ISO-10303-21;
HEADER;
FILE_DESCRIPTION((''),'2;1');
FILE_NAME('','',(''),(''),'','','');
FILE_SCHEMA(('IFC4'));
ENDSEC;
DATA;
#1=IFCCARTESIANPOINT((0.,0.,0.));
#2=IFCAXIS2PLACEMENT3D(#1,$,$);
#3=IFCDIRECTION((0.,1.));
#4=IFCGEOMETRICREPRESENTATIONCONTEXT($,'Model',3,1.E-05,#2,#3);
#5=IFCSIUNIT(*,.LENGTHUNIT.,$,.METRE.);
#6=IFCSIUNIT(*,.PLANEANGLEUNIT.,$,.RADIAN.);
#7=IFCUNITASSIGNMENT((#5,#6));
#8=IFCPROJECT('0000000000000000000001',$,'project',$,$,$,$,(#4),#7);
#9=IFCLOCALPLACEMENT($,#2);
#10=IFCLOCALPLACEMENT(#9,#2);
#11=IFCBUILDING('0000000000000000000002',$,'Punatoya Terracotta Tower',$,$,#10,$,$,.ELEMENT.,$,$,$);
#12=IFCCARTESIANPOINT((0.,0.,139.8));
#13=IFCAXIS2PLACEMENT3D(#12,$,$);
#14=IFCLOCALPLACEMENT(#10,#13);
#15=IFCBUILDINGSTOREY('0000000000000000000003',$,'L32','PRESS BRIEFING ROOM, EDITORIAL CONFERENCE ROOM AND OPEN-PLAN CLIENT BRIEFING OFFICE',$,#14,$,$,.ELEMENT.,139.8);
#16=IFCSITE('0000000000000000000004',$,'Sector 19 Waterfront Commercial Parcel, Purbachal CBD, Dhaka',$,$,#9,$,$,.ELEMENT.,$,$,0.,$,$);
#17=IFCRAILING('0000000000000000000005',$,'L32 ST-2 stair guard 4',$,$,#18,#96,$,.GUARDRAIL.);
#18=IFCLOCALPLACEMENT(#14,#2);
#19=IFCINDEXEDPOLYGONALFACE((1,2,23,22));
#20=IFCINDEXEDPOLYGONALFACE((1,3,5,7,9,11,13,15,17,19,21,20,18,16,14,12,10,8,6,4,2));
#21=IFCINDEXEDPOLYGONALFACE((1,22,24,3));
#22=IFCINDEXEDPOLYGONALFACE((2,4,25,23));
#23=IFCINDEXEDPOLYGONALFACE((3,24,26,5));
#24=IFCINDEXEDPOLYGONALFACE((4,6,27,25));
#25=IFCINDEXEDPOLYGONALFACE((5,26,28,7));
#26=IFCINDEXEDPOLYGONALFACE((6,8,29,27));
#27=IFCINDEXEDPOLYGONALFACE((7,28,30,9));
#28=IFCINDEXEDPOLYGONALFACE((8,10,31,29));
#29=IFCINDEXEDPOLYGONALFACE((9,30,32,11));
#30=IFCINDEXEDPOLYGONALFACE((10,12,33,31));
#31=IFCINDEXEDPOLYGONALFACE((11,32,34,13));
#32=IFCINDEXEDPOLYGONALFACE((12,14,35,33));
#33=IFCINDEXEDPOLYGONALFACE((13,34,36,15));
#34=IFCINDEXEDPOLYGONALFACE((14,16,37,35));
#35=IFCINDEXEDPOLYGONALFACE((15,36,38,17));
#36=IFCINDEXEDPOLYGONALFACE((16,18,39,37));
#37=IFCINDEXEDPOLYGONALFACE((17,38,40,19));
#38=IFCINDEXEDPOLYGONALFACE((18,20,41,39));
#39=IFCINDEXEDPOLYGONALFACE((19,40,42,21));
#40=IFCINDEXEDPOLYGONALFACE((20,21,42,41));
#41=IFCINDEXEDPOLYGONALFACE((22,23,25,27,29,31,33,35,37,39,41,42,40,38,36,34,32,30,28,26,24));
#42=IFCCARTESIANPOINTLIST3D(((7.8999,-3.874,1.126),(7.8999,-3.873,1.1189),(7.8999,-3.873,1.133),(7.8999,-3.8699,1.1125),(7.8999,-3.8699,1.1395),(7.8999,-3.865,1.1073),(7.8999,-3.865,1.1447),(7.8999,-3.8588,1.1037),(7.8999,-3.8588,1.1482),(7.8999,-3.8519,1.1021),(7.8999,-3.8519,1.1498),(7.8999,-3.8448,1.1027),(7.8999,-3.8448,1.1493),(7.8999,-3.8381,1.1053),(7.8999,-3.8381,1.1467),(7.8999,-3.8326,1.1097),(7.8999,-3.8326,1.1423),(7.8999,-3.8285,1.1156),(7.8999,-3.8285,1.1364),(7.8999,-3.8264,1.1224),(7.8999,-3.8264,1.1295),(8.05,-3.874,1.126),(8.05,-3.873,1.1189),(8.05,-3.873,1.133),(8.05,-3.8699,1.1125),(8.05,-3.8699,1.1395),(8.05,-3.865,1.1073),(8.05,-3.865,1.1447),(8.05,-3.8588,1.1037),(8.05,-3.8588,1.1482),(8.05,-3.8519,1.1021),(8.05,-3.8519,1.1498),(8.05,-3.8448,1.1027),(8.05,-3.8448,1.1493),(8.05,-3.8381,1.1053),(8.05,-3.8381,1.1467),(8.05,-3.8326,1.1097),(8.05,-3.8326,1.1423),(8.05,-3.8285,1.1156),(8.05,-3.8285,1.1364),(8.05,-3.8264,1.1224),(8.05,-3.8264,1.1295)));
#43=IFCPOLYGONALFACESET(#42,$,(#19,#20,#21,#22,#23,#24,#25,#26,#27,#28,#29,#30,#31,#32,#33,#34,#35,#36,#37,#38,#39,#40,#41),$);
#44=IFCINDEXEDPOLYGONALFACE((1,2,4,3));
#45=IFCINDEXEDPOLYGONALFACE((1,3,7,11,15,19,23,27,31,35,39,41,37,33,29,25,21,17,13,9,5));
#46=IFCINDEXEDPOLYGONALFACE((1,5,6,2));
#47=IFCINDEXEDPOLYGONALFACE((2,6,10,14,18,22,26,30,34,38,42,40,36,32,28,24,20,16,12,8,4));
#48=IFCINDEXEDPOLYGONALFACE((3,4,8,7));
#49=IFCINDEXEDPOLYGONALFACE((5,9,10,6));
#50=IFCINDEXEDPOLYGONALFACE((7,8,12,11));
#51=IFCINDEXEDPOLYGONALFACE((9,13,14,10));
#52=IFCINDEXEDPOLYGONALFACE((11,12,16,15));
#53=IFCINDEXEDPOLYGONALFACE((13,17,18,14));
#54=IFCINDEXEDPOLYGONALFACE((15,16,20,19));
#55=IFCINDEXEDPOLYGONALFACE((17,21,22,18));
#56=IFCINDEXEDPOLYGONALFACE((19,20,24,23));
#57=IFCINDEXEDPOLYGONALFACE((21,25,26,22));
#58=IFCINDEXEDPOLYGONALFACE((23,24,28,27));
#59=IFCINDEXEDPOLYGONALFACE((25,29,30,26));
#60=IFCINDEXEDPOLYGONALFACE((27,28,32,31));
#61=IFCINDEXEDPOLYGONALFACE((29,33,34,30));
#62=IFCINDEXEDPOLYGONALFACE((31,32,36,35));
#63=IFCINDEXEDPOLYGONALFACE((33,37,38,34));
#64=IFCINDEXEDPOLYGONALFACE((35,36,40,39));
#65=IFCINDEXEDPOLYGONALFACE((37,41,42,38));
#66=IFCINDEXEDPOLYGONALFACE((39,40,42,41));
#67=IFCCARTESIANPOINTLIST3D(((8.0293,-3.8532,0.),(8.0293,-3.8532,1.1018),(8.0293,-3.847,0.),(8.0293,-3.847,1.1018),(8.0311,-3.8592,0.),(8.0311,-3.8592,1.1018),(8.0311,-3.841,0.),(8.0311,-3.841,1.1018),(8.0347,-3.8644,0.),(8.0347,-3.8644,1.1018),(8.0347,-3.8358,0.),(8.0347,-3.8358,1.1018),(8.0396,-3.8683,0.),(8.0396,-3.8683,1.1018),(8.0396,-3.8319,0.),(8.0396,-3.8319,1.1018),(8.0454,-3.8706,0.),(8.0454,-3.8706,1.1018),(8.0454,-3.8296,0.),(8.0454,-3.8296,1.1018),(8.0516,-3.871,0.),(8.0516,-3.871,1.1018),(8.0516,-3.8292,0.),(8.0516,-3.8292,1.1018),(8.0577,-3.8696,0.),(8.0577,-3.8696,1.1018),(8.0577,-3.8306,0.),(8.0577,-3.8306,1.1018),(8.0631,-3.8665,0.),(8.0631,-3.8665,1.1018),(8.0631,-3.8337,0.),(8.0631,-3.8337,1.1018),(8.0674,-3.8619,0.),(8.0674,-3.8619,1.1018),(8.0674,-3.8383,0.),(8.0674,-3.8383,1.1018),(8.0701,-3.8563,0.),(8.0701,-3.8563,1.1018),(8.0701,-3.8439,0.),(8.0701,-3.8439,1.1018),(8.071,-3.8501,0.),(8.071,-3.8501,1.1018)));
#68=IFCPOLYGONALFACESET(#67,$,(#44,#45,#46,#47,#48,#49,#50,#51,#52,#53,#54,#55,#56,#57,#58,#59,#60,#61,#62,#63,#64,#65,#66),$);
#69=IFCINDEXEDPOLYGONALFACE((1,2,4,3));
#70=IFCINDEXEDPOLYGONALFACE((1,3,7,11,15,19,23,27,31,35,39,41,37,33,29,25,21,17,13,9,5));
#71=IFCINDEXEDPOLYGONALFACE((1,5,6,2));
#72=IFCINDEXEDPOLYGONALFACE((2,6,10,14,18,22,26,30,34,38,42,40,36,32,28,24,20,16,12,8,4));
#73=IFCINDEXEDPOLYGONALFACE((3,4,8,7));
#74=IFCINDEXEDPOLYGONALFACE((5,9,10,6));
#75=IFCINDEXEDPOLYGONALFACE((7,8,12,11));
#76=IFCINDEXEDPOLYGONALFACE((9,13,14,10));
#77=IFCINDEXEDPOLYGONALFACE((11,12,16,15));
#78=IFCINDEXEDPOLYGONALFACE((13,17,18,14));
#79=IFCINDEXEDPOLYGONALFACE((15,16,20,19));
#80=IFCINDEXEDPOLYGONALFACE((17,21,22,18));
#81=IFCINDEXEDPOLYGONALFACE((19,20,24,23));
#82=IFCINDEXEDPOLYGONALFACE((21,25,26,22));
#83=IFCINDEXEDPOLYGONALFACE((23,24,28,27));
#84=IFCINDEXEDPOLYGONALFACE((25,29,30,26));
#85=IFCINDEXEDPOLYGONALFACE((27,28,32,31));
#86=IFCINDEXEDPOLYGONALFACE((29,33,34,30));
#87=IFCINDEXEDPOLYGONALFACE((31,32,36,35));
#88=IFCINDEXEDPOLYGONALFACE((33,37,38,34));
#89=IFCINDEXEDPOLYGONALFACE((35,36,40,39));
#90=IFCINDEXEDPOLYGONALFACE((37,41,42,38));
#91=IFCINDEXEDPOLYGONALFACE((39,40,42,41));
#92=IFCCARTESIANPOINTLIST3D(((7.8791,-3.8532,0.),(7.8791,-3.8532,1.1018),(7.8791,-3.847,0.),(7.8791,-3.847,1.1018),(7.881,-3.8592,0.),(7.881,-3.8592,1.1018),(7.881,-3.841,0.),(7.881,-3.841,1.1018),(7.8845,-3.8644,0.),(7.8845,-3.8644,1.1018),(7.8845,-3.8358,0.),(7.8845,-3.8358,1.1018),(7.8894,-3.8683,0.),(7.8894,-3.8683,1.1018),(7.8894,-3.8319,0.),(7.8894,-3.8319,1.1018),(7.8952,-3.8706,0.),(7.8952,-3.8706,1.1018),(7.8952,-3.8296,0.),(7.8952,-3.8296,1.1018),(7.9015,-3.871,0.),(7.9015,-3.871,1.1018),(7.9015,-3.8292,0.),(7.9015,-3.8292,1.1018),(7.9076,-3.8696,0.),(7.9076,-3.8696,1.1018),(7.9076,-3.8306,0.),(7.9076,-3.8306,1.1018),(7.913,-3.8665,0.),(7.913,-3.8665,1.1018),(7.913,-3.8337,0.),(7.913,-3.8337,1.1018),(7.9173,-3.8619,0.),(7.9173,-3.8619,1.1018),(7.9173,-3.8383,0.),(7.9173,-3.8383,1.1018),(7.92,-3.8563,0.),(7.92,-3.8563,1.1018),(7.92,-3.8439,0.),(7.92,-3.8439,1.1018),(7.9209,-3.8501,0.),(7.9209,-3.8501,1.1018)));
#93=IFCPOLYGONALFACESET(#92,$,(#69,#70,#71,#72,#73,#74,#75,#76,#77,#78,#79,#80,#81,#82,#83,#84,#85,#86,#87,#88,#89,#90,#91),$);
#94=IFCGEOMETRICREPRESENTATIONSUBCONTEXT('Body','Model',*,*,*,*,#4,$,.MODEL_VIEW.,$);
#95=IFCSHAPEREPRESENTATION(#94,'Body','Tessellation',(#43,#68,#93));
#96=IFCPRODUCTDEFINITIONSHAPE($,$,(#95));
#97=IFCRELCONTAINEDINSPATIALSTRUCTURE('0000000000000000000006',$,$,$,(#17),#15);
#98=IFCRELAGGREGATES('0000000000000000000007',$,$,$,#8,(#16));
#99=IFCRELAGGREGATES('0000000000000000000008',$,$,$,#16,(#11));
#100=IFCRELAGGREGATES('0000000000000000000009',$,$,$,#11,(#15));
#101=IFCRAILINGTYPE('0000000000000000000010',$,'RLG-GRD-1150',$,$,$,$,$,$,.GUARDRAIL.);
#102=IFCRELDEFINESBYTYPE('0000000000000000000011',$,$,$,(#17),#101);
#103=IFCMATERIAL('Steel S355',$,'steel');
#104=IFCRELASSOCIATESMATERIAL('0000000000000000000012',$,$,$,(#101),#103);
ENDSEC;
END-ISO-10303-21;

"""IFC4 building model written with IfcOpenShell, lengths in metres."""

from ifc_helpers import new_model, si_unit, direction, frame, origin, origin_2d, place, context, subcontext, project, spatial, circle, extrude, material, type_object, element, save


model = new_model("IFC4")

# Units and contexts
model_context = context("Model", 3, precision=1e-05, world=origin(), true_north=direction((0.0, 1.0)))
body_context = subcontext(model_context, "Body", "Model", "MODEL_VIEW")
ifc_project = project(units=[si_unit("LENGTHUNIT", "METRE"), si_unit("PLANEANGLEUNIT", "RADIAN")], contexts=[model_context])

# Site, building, storey
site_placement = place(None, origin())
site = spatial("IfcSite", under=ifc_project, at=site_placement, Name="Sector 19 Waterfront Commercial Parcel, Purbachal CBD, Dhaka", CompositionType="ELEMENT", RefElevation=0.0)
building_placement = place(site_placement, origin())
building = spatial("IfcBuilding", under=site, at=building_placement, Name="Punatoya Terracotta Tower", CompositionType="ELEMENT")
storey_placement = place(building_placement, frame((0.0, 0.0, 139.8)))
storey = spatial("IfcBuildingStorey", under=building, at=storey_placement, Name="L32", Description="PRESS BRIEFING ROOM, EDITORIAL CONFERENCE ROOM AND OPEN-PLAN CLIENT BRIEFING OFFICE", CompositionType="ELEMENT", Elevation=139.8)

# Railing
ifc_material_1 = material(Name="Steel S355", Category="steel")
railing_type_1 = type_object("IfcRailingType", Name="RLG-GRD-1150", PredefinedType="GUARDRAIL", material=ifc_material_1)
railing_1_placement = place(storey_placement, frame((8.05, -3.8501, 0.0)))
element("IfcRailing", 1, at=railing_1_placement, inside=storey, type_object=railing_type_1, Name="L32 ST-2 stair guard 4", PredefinedType="GUARDRAIL", context=body_context, shape_type="SweptSolid", body=[
    extrude(circle(Radius=0.0239, at=origin_2d()), frame((0.0, 0.0, 1.126), z_axis=(-1.0, 0.0, 0.0), x_axis=(0.0, -1.0, 0.0)), (0.0, 0.0, 1.0), 0.1501),
    extrude(circle(Radius=0.021, at=origin_2d()), origin(), (0.0, 0.0, 1.0), 1.1018),
    extrude(circle(Radius=0.021, at=origin_2d()), frame((-0.1501, 0.0, 0.0)), (0.0, 0.0, 1.0), 1.1018),
])

save(model, "model.ifc")
